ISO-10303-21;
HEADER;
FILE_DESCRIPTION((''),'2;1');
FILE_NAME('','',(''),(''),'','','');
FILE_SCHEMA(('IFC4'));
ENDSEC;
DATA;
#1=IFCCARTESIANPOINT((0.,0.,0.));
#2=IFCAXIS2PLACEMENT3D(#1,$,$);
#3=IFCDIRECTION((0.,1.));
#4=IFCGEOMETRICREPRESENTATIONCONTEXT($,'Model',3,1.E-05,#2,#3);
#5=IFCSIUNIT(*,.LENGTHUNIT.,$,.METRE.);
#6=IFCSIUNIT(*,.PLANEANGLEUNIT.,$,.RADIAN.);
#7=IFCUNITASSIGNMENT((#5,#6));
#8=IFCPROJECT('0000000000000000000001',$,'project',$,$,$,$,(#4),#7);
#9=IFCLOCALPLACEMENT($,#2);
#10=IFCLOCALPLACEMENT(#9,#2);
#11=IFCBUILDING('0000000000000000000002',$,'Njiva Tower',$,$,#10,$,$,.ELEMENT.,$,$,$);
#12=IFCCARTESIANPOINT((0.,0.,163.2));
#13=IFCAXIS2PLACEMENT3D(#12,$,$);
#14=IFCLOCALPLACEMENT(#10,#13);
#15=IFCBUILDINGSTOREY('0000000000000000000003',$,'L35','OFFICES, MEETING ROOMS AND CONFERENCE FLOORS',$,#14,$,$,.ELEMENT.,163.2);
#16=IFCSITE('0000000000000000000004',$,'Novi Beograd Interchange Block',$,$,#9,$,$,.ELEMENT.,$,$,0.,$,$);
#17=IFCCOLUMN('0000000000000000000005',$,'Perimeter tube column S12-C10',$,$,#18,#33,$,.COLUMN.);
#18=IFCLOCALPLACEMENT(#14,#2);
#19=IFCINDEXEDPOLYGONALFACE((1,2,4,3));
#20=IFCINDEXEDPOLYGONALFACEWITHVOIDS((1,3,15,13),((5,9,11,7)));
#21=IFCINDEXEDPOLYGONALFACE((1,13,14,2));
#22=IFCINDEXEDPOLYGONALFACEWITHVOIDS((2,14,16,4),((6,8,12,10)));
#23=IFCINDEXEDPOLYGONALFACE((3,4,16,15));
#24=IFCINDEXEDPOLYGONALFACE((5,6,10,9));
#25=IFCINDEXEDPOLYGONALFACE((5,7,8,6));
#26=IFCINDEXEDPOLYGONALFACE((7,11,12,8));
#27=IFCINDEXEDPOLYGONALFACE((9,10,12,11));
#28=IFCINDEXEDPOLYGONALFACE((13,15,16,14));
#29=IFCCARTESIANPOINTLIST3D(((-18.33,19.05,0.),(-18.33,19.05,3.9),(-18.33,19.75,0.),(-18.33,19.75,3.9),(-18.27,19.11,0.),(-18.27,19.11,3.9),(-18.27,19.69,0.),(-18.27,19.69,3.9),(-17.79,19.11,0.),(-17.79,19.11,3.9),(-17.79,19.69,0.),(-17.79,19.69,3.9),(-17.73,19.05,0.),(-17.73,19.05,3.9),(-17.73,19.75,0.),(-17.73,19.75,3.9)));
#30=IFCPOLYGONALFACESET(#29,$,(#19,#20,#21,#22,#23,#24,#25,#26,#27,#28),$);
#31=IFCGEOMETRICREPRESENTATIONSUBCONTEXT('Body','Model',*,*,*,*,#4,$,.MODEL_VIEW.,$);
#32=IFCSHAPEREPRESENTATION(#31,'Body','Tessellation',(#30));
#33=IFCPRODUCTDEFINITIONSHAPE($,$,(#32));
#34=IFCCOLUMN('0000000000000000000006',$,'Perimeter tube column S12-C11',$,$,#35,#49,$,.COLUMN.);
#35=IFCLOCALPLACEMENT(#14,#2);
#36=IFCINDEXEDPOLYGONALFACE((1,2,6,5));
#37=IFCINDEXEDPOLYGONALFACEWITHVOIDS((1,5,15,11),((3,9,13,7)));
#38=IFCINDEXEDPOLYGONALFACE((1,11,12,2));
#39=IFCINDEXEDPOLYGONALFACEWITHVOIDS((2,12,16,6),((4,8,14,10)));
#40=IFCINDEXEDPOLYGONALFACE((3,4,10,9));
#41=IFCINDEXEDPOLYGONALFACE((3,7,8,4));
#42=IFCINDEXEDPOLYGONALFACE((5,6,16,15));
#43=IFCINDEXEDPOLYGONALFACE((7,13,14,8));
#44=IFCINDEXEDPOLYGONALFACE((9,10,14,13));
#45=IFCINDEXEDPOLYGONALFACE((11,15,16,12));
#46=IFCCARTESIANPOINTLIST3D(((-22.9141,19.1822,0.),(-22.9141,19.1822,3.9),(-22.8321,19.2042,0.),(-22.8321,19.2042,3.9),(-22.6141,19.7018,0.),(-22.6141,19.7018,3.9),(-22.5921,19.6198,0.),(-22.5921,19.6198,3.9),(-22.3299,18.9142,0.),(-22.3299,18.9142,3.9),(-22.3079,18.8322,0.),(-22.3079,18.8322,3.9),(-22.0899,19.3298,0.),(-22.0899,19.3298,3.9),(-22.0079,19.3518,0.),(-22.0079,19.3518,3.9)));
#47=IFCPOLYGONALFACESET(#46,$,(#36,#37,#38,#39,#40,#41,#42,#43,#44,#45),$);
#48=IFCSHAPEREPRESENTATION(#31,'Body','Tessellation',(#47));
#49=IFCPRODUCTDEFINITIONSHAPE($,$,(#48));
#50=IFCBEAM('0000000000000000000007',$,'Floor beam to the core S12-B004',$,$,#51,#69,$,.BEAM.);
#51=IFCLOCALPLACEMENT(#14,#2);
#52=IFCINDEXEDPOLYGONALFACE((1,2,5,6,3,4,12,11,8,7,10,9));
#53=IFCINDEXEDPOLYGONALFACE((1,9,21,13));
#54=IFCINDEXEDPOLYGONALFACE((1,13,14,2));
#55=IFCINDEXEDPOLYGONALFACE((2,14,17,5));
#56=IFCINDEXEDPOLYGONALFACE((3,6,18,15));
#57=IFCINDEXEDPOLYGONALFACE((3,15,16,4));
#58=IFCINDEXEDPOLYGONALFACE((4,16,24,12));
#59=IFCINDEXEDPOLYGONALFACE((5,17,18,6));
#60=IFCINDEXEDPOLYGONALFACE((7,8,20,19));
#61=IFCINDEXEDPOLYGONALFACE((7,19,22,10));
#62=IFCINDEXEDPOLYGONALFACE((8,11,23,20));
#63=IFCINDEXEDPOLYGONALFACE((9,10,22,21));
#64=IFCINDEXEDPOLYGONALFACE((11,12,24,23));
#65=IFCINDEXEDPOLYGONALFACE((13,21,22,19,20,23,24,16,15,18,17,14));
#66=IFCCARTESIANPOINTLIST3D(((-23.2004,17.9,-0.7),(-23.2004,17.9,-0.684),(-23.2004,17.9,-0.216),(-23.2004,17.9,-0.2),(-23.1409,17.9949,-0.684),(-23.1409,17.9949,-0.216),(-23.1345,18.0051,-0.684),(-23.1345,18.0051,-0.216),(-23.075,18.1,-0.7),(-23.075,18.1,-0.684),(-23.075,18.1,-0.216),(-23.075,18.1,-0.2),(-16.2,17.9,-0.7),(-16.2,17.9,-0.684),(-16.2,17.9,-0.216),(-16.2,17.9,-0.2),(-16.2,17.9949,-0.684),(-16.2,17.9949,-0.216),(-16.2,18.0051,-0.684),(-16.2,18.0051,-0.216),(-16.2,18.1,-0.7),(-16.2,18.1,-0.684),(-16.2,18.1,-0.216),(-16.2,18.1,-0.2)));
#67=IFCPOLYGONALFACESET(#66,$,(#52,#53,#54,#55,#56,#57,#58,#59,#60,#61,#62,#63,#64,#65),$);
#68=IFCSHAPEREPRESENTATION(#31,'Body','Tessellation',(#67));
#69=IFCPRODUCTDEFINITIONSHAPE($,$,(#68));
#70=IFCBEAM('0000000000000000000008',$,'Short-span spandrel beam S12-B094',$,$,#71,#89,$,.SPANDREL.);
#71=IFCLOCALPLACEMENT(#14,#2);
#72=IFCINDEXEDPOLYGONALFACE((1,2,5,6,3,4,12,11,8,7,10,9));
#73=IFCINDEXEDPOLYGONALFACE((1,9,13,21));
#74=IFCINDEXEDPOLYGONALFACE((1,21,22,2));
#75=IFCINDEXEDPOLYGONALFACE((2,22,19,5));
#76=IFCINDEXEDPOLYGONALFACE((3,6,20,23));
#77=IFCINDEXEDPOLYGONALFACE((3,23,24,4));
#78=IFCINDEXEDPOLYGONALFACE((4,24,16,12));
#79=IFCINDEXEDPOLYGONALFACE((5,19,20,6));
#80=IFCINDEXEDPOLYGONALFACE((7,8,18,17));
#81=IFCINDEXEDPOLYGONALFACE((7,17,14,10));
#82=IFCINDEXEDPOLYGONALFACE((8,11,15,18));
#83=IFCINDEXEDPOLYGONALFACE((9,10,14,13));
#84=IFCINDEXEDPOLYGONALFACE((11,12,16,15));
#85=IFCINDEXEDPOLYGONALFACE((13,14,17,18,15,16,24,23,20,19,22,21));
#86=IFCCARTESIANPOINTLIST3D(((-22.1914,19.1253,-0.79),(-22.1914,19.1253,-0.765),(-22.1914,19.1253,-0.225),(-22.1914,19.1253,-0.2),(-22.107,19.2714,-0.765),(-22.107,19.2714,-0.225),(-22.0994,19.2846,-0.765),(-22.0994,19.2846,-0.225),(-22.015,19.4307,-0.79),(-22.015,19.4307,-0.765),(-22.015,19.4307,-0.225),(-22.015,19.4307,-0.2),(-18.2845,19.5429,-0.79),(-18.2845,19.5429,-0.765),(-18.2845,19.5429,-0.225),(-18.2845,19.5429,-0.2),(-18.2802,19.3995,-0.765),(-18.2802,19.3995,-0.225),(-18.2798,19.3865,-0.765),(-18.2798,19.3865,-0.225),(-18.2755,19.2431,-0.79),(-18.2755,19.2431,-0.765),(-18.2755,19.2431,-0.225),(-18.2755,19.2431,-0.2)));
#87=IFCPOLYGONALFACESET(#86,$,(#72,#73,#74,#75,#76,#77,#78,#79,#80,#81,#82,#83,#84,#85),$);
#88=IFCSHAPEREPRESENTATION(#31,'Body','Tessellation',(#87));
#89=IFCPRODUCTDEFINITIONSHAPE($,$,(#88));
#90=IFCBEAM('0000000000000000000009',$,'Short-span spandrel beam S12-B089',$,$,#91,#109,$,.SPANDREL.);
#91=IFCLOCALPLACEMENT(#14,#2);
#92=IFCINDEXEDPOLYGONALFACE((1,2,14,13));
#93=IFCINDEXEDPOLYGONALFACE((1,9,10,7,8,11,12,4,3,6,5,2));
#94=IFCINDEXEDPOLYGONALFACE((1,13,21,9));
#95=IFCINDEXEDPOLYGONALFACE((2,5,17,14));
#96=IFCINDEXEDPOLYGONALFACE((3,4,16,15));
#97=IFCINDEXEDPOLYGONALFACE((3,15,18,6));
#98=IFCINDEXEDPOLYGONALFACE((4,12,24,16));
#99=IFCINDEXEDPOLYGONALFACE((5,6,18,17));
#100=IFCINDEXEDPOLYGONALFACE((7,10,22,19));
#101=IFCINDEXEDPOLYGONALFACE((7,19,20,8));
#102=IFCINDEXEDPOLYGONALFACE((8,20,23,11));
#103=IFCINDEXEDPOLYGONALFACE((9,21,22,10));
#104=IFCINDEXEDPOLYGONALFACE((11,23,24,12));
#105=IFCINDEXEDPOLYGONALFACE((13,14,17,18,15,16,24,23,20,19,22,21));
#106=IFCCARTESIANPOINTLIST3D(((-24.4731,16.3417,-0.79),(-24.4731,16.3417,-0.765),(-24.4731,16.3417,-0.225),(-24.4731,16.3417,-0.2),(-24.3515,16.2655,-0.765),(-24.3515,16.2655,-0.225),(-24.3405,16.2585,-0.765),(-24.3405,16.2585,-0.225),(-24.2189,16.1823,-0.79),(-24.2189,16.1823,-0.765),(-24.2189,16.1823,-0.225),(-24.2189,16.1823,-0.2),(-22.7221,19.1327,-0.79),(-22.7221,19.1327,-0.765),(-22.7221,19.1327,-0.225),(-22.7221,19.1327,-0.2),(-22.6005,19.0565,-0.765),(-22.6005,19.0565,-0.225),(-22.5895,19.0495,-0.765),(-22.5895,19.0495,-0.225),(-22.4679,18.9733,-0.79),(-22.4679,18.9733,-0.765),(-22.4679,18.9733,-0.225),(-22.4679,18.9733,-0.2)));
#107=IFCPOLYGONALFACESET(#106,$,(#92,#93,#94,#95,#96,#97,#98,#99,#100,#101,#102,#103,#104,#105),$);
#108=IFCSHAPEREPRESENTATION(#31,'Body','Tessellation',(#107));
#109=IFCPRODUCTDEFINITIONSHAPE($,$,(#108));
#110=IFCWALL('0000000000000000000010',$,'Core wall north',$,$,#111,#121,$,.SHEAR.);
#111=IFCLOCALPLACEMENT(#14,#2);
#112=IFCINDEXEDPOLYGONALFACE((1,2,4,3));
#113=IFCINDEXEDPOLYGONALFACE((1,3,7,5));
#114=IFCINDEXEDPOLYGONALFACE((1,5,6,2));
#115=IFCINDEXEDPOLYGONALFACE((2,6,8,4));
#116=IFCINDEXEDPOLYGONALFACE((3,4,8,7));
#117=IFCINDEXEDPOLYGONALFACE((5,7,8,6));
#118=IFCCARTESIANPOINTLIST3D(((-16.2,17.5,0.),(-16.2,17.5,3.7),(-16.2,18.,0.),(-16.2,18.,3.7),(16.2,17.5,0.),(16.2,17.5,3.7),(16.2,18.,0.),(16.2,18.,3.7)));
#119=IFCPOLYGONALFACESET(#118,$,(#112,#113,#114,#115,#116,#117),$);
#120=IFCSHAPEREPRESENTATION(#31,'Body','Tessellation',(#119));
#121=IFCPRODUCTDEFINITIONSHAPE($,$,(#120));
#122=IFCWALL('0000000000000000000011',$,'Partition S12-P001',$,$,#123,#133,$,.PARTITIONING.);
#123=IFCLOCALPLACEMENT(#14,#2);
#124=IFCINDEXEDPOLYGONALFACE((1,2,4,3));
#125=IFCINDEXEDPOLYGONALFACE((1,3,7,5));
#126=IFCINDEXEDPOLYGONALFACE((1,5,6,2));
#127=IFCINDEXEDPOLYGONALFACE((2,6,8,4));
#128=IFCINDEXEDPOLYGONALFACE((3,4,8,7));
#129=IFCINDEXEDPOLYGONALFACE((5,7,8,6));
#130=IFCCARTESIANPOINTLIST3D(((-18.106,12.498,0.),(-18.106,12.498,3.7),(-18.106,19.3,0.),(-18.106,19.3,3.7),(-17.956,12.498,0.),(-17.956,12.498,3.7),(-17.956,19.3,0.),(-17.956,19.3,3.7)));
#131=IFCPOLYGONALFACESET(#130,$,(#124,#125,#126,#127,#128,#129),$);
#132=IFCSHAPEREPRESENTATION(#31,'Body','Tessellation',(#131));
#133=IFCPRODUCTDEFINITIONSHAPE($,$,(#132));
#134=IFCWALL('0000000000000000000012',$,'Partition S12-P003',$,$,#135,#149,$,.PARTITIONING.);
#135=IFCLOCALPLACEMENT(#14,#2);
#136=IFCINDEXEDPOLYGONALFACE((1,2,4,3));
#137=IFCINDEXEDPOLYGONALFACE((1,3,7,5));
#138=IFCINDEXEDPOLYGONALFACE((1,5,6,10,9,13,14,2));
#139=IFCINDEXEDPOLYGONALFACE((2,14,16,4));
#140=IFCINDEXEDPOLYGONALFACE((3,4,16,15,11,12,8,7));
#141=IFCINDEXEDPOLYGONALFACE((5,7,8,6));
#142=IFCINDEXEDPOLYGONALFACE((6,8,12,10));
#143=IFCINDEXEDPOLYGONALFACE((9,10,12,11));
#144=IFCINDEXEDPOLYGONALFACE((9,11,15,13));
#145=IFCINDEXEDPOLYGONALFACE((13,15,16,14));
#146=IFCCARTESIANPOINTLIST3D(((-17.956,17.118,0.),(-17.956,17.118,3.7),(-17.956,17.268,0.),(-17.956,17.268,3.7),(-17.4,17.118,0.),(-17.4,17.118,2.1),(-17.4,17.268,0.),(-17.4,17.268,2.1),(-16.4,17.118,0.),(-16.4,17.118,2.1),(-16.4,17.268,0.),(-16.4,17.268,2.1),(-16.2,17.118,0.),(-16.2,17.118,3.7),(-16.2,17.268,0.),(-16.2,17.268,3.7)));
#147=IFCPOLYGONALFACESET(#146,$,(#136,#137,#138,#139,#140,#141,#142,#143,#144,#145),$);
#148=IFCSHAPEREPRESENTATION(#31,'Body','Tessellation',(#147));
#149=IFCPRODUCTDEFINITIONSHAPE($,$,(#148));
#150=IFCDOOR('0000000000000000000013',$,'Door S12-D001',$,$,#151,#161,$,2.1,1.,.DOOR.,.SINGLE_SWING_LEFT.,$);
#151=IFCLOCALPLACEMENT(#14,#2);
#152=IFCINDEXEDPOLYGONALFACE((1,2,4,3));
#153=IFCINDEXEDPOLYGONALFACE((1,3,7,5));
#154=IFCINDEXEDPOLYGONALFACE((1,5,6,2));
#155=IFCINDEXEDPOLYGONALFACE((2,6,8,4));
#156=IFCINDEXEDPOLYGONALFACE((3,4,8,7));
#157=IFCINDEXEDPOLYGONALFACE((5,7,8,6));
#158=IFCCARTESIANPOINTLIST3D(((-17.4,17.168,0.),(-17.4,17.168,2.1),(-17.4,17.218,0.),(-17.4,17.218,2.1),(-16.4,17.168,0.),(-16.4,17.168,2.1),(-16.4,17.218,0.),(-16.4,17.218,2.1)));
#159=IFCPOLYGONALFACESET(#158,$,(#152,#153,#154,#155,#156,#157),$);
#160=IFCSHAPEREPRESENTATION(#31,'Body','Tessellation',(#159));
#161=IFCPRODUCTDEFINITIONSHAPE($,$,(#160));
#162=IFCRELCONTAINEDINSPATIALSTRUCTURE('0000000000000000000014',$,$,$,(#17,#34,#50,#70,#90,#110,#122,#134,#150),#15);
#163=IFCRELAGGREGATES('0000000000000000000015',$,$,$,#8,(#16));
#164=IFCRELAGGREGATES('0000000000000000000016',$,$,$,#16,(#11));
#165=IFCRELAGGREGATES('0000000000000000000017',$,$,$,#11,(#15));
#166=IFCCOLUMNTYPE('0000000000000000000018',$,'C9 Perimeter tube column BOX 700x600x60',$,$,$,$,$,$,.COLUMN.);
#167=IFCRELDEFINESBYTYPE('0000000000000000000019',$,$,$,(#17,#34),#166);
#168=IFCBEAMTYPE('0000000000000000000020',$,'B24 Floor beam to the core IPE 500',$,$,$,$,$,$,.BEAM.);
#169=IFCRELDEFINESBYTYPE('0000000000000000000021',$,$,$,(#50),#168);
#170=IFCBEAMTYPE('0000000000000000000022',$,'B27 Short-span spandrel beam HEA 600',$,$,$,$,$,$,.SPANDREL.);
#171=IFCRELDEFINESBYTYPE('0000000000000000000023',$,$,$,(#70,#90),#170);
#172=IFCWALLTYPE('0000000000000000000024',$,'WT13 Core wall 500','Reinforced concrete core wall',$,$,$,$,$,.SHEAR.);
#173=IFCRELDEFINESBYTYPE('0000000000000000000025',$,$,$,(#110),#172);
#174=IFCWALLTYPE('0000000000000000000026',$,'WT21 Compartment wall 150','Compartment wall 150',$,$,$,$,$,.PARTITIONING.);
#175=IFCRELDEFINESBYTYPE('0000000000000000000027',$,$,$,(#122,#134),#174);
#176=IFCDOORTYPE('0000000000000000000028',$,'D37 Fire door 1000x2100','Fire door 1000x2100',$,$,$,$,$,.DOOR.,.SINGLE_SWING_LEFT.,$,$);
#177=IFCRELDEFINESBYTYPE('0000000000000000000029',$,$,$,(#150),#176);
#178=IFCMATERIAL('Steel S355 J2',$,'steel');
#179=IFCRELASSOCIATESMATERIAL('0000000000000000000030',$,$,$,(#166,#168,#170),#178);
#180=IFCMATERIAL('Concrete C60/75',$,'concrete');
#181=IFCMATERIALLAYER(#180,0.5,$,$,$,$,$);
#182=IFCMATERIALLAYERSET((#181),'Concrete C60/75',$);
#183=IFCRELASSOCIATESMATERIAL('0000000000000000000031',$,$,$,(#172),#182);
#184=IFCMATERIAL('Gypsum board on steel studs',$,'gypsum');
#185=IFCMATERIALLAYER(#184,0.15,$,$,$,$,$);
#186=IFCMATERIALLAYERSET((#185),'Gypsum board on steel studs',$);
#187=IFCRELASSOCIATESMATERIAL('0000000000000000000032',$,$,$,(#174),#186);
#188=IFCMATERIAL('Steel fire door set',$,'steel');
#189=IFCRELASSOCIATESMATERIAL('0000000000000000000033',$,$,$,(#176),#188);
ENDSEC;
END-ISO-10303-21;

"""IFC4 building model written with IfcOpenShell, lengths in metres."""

from ifc_helpers import new_model, si_unit, direction, frame, frame_2d, origin, origin_2d, place, context, subcontext, project, spatial, rectangle, hollow_rectangle, i_section, extrude, clip, halfspace, material, layer, layer_set, material_profile, profile_set, type_object, element, fill, save


model = new_model("IFC4")

# Units and contexts
model_context = context("Model", 3, precision=1e-05, world=origin(), true_north=direction((0.0, 1.0)))
body_context = subcontext(model_context, "Body", "Model", "MODEL_VIEW")
ifc_project = project(units=[si_unit("LENGTHUNIT", "METRE"), si_unit("PLANEANGLEUNIT", "RADIAN")], contexts=[model_context])

# Site, building, storey
site_placement = place(None, origin())
site = spatial("IfcSite", under=ifc_project, at=site_placement, Name="Novi Beograd Interchange Block", CompositionType="ELEMENT", RefElevation=0.0)
building_placement = place(site_placement, origin())
building = spatial("IfcBuilding", under=site, at=building_placement, Name="Njiva Tower", CompositionType="ELEMENT")
storey_placement = place(building_placement, frame((0.0, 0.0, 163.2)))
storey = spatial("IfcBuildingStorey", under=building, at=storey_placement, Name="L35", Description="OFFICES, MEETING ROOMS AND CONFERENCE FLOORS", CompositionType="ELEMENT", Elevation=163.2)

# Columns
ifc_material_1 = material(Name="Steel S355 J2", Category="steel")
ifc_material_profile_1 = material_profile(ifc_material_1, hollow_rectangle(XDim=0.6, YDim=0.7, WallThickness=0.06, at=origin_2d()), Name="BOX 700x600x60")
ifc_profile_set_1 = profile_set([ifc_material_profile_1], Name="Steel S355 J2")
column_type = type_object("IfcColumnType", Name="C9 Perimeter tube column BOX 700x600x60", PredefinedType="COLUMN", material=ifc_profile_set_1)
for number, where, z_axis, x_axis, name in (
    (1, (-18.03, 19.4, 0.0), (0.0, 0.0, 1.0), (-1.0, 0.0, 0.0), "Perimeter tube column S12-C10"),
    (2, (-22.461, 19.267, 0.0), (0.0, 0.0, 1.0), (-0.5, -0.866025, 0.0), "Perimeter tube column S12-C11"),
):
    element("IfcColumn", number, at=place(storey_placement, frame(where, z_axis=z_axis, x_axis=x_axis)), inside=storey, type_object=column_type, Name=name, PredefinedType="COLUMN", context=body_context, shape_type="SweptSolid", body=[
        extrude(hollow_rectangle(XDim=0.6, YDim=0.7, WallThickness=0.06, at=origin_2d()), origin(), (0.0, 0.0, 1.0), 3.9),
    ])

# Beams
ifc_material_profile_2 = material_profile(ifc_material_1, i_section(OverallWidth=0.2, OverallDepth=0.5, WebThickness=0.0102, FlangeThickness=0.016, at=origin_2d()), Name="IPE 500")
ifc_profile_set_2 = profile_set([ifc_material_profile_2], Name="Steel S355 J2")
beam_type_1 = type_object("IfcBeamType", Name="B24 Floor beam to the core IPE 500", PredefinedType="BEAM", material=ifc_profile_set_2)
beam_1_placement = place(storey_placement, frame((-23.221, 18.0, -0.45), z_axis=(1.0, 0.0, 0.0), x_axis=(0.0, 1.0, 0.0)))
element("IfcBeam", 3, at=beam_1_placement, inside=storey, type_object=beam_type_1, Name="Floor beam to the core S12-B004", PredefinedType="BEAM", context=body_context, shape_type="Clipping", body=[
    clip(extrude(i_section(OverallWidth=0.2, OverallDepth=0.5, WebThickness=0.0102, FlangeThickness=0.016, at=origin_2d()), origin(), (0.0, 0.0, 1.0), 7.021), halfspace(frame((0.0266, 0.0, 0.1), z_axis=(0.531259, 0.0, -0.847209), x_axis=(0.0, -1.0, 0.0)), False)),
])
ifc_material_profile_3 = material_profile(ifc_material_1, i_section(OverallWidth=0.3, OverallDepth=0.59, WebThickness=0.013, FlangeThickness=0.025, at=origin_2d()), Name="HEA 600")
ifc_profile_set_3 = profile_set([ifc_material_profile_3], Name="Steel S355 J2")
beam_type_2 = type_object("IfcBeamType", Name="B27 Short-span spandrel beam HEA 600", PredefinedType="SPANDREL", material=ifc_profile_set_3)
beam_2_placement = place(storey_placement, frame((-18.28, 19.393, -0.495), z_axis=(-0.999548, -0.030067, 0.0), x_axis=(0.030067, -0.999548, 0.0)))
element("IfcBeam", 4, at=beam_2_placement, inside=storey, type_object=beam_type_2, Name="Short-span spandrel beam S12-B094", PredefinedType="SPANDREL", context=body_context, shape_type="Clipping", body=[
    clip(extrude(i_section(OverallWidth=0.3, OverallDepth=0.59, WebThickness=0.013, FlangeThickness=0.025, at=origin_2d()), origin(), (0.0, 0.0, 1.0), 3.9377), halfspace(frame((-0.0259, 0.0, 3.8089), z_axis=(-0.525811, 0.0, 0.850601), x_axis=(0.0, 1.0, 0.0)), False)),
])
beam_3_placement = place(storey_placement, frame((-22.595, 19.053, -0.495), z_axis=(-0.531444, -0.847093, 0.0), x_axis=(0.847093, -0.531444, 0.0)))
element("IfcBeam", 5, at=beam_3_placement, inside=storey, type_object=beam_type_2, Name="Short-span spandrel beam S12-B089", PredefinedType="SPANDREL", context=body_context, shape_type="SweptSolid", body=[
    extrude(i_section(OverallWidth=0.3, OverallDepth=0.59, WebThickness=0.013, FlangeThickness=0.025, at=origin_2d()), origin(), (0.0, 0.0, 1.0), 3.2948),
])

# Walls
ifc_material_2 = material(Name="Concrete C60/75", Category="concrete")
ifc_layer_1 = layer(ifc_material_2, 0.5)
ifc_layer_set_1 = layer_set([ifc_layer_1], Name="Concrete C60/75")
wall_type_1 = type_object("IfcWallType", Name="WT13 Core wall 500", Description="Reinforced concrete core wall", PredefinedType="SHEAR", material=ifc_layer_set_1)
wall_1_placement = place(storey_placement, frame((-16.2, 17.75, 0.0), z_axis=(0.0, 0.0, 1.0), x_axis=(1.0, 0.0, 0.0)))
element("IfcWall", 6, at=wall_1_placement, inside=storey, type_object=wall_type_1, Name="Core wall north", PredefinedType="SHEAR", context=body_context, shape_type="SweptSolid", body=[
    extrude(rectangle(XDim=32.4, YDim=0.5, at=frame_2d((16.2, 0.0))), origin(), (0.0, 0.0, 1.0), 3.7),
])
ifc_material_3 = material(Name="Gypsum board on steel studs", Category="gypsum")
ifc_layer_2 = layer(ifc_material_3, 0.15)
ifc_layer_set_2 = layer_set([ifc_layer_2], Name="Gypsum board on steel studs")
wall_type_2 = type_object("IfcWallType", Name="WT21 Compartment wall 150", Description="Compartment wall 150", PredefinedType="PARTITIONING", material=ifc_layer_set_2)
wall_2_placement = place(storey_placement, frame((-18.031, 12.498, 0.0), z_axis=(0.0, 0.0, 1.0), x_axis=(0.0, 1.0, 0.0)))
element("IfcWall", 7, at=wall_2_placement, inside=storey, type_object=wall_type_2, Name="Partition S12-P001", PredefinedType="PARTITIONING", context=body_context, shape_type="SweptSolid", body=[
    extrude(rectangle(XDim=6.802, YDim=0.15, at=frame_2d((3.401, 0.0))), origin(), (0.0, 0.0, 1.0), 3.7),
])

# Wall, opening, door
wall_3_placement = place(storey_placement, frame((-17.956, 17.193, 0.0), z_axis=(0.0, 0.0, 1.0), x_axis=(1.0, 0.0, 0.0)))
wall_3 = element("IfcWall", 8, at=wall_3_placement, inside=storey, type_object=wall_type_2, Name="Partition S12-P003", PredefinedType="PARTITIONING", context=body_context, shape_type="SweptSolid", body=[
    extrude(rectangle(XDim=1.756, YDim=0.15, at=frame_2d((0.878, 0.0))), origin(), (0.0, 0.0, 1.0), 3.7),
])
opening_1_placement = place(wall_3_placement, frame((0.556, 0.0, 0.0)))
opening_1 = element("IfcOpeningElement", 9, at=opening_1_placement, cuts=wall_3, PredefinedType="OPENING", context=body_context, shape_type="SweptSolid", body=[
    extrude(rectangle(XDim=1.0, YDim=2.1, at=frame_2d((0.5, 1.05))), frame((0.0, 0.085, 0.0), z_axis=(0.0, -1.0, 0.0), x_axis=(1.0, 0.0, 0.0)), (0.0, 0.0, 1.0), 0.17),
])
ifc_material_4 = material(Name="Steel fire door set", Category="steel")
door_type = type_object("IfcDoorType", Name="D37 Fire door 1000x2100", Description="Fire door 1000x2100", OperationType="SINGLE_SWING_LEFT", PredefinedType="DOOR", material=ifc_material_4)
door_placement = place(opening_1_placement, origin())
door = element("IfcDoor", 10, at=door_placement, inside=storey, type_object=door_type, Name="Door S12-D001", OperationType="SINGLE_SWING_LEFT", OverallHeight=2.1, OverallWidth=1.0, PredefinedType="DOOR", context=body_context, shape_type="SweptSolid", body=[
    extrude(rectangle(XDim=1.0, YDim=2.1, at=frame_2d((0.5, 1.05))), frame((0.0, 0.025, 0.0), z_axis=(0.0, -1.0, 0.0), x_axis=(1.0, 0.0, 0.0)), (0.0, 0.0, 1.0), 0.05),
])
fill(opening_1, door)

save(model, "model.ifc")
